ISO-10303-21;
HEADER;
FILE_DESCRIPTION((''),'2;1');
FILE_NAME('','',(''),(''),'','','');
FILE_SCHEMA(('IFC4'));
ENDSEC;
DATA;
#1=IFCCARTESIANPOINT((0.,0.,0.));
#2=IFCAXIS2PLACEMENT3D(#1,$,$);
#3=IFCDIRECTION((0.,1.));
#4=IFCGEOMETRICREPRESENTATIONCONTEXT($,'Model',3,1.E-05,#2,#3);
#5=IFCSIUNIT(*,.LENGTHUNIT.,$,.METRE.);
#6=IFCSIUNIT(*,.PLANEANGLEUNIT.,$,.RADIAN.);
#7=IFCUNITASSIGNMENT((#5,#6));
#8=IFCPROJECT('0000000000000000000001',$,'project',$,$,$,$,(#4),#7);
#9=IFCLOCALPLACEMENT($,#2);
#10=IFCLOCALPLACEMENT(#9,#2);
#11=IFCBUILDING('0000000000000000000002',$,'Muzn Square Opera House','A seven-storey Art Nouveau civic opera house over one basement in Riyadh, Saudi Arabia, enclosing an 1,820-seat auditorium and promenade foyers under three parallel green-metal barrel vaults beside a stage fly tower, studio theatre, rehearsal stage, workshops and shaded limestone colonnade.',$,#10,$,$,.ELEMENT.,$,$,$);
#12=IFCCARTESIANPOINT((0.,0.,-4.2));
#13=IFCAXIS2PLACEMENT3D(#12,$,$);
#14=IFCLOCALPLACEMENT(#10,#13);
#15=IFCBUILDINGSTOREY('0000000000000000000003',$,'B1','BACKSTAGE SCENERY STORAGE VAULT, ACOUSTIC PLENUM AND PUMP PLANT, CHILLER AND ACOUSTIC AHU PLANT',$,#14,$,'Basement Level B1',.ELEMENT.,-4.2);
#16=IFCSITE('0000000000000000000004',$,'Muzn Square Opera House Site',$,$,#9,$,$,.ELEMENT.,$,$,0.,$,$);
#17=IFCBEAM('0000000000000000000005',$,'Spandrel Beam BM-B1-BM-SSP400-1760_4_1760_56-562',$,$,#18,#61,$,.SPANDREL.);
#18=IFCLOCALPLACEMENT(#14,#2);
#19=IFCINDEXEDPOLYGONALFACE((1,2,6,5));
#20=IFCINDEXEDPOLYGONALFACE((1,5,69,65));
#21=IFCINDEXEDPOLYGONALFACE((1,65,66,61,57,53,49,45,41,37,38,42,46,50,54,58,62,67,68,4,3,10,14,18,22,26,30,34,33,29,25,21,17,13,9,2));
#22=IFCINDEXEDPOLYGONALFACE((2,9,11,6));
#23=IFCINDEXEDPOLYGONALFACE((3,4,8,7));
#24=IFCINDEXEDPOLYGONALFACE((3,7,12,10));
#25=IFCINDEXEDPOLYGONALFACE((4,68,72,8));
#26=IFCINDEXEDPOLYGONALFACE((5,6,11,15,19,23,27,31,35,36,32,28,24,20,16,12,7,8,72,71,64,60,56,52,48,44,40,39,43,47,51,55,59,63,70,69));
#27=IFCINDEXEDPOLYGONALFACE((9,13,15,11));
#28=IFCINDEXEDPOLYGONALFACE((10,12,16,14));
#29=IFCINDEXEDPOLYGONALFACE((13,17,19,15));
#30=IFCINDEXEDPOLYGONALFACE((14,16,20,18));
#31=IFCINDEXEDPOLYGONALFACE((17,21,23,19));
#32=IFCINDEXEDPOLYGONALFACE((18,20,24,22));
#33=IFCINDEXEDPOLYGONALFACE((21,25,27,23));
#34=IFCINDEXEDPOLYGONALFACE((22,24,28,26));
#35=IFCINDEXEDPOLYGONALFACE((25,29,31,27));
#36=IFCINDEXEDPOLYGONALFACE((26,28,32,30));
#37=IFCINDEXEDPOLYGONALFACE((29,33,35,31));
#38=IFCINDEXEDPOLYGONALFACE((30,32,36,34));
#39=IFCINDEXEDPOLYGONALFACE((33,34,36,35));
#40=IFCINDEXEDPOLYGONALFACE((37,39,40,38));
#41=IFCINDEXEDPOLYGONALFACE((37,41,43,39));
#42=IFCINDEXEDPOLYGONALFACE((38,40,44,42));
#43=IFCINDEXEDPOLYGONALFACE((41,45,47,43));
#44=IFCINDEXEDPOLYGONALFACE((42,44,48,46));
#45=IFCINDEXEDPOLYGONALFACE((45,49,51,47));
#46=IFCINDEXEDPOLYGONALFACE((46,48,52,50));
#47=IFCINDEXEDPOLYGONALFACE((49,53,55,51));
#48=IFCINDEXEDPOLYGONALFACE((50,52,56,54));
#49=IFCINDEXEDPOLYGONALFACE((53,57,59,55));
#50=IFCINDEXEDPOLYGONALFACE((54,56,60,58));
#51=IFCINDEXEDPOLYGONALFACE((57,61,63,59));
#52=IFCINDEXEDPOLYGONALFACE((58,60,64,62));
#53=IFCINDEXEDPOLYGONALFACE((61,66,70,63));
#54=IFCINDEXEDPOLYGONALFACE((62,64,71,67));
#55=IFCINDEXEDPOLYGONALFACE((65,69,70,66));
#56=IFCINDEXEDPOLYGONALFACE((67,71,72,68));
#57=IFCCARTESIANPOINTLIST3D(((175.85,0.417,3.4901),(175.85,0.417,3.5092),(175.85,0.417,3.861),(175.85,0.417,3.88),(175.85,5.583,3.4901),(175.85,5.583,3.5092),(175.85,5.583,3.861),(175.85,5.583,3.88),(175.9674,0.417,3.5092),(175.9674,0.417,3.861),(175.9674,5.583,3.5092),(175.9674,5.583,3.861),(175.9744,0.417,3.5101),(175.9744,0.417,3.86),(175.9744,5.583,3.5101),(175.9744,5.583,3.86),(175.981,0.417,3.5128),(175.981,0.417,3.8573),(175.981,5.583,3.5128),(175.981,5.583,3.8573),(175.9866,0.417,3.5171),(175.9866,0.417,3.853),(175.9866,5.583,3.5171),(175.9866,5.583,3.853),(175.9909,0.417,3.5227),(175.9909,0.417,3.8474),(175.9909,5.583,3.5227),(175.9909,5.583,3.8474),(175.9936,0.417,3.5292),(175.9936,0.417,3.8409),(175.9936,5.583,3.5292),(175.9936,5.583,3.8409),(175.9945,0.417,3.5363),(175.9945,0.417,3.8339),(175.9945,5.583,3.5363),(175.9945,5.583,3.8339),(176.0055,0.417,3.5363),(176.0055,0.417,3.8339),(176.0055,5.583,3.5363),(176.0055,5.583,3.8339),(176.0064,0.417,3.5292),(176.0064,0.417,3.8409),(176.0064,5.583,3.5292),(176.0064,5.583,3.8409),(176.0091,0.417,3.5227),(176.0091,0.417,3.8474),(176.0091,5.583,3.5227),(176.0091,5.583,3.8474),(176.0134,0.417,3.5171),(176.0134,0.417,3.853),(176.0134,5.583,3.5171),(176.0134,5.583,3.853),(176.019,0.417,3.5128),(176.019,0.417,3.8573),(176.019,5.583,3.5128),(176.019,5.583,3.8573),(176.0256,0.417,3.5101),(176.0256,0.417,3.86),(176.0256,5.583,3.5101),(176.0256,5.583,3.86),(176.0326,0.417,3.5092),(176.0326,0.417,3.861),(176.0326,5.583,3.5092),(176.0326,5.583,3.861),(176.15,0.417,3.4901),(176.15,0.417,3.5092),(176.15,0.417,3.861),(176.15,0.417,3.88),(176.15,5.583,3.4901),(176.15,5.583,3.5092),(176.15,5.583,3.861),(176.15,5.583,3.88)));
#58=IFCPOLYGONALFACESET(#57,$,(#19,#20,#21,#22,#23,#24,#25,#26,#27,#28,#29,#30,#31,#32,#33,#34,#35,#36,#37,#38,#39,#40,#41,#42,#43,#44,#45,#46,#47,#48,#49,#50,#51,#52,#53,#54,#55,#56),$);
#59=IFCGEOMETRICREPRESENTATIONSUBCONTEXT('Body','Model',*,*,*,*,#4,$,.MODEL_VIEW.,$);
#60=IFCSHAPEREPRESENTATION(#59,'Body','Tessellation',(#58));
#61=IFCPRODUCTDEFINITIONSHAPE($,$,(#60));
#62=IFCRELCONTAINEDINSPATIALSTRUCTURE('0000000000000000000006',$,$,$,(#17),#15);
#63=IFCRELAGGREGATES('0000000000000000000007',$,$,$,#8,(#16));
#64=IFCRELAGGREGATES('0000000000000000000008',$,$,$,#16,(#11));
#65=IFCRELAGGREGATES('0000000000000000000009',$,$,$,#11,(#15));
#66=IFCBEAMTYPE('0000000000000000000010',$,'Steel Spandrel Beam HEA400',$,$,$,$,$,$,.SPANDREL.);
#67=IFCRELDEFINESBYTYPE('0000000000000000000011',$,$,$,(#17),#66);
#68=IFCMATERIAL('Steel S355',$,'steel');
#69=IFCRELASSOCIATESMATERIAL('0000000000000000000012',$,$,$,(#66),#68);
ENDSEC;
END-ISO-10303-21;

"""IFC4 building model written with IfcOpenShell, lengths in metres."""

from ifc_helpers import new_model, si_unit, direction, frame, origin, origin_2d, place, context, subcontext, project, spatial, i_section, extrude, material, material_profile, profile_set, type_object, element, save


model = new_model("IFC4")

# Units and contexts
model_context = context("Model", 3, precision=1e-05, world=origin(), true_north=direction((0.0, 1.0)))
body_context = subcontext(model_context, "Body", "Model", "MODEL_VIEW")
ifc_project = project(units=[si_unit("LENGTHUNIT", "METRE"), si_unit("PLANEANGLEUNIT", "RADIAN")], contexts=[model_context])

# Site, building, storey
site_placement = place(None, origin())
site = spatial("IfcSite", under=ifc_project, at=site_placement, Name="Muzn Square Opera House Site", CompositionType="ELEMENT", RefElevation=0.0)
building_placement = place(site_placement, origin())
building = spatial("IfcBuilding", under=site, at=building_placement, Name="Muzn Square Opera House", Description="A seven-storey Art Nouveau civic opera house over one basement in Riyadh, Saudi Arabia, enclosing an 1,820-seat auditorium and promenade foyers under three parallel green-metal barrel vaults beside a stage fly tower, studio theatre, rehearsal stage, workshops and shaded limestone colonnade.", CompositionType="ELEMENT")
storey_placement = place(building_placement, frame((0.0, 0.0, -4.2)))
storey = spatial("IfcBuildingStorey", under=building, at=storey_placement, Name="B1", Description="BACKSTAGE SCENERY STORAGE VAULT, ACOUSTIC PLENUM AND PUMP PLANT, CHILLER AND ACOUSTIC AHU PLANT", LongName="Basement Level B1", CompositionType="ELEMENT", Elevation=-4.2)

# Beam
ifc_material_1 = material(Name="Steel S355", Category="steel")
ifc_material_profile_1 = material_profile(ifc_material_1, i_section(OverallWidth=0.3, OverallDepth=0.3899, WebThickness=0.011, FlangeThickness=0.019, FilletRadius=0.0271, at=origin_2d()), Name="HEA 400", Category="steel")
ifc_profile_set_1 = profile_set([ifc_material_profile_1], Name="Steel S355")
beam_type_1 = type_object("IfcBeamType", Name="Steel Spandrel Beam HEA400", PredefinedType="SPANDREL", material=ifc_profile_set_1)
beam_1_placement = place(storey_placement, frame((176.0, 0.417, 3.6851), z_axis=(0.0, 1.0, 0.0), x_axis=(-1.0, 0.0, 0.0)))
element("IfcBeam", 1, at=beam_1_placement, inside=storey, type_object=beam_type_1, Name="Spandrel Beam BM-B1-BM-SSP400-1760_4_1760_56-562", PredefinedType="SPANDREL", context=body_context, shape_type="SweptSolid", body=[
    extrude(i_section(OverallWidth=0.3, OverallDepth=0.3899, WebThickness=0.011, FlangeThickness=0.019, FilletRadius=0.0271, at=origin_2d()), origin(), (0.0, 0.0, 1.0), 5.166),
])

save(model, "model.ifc")
